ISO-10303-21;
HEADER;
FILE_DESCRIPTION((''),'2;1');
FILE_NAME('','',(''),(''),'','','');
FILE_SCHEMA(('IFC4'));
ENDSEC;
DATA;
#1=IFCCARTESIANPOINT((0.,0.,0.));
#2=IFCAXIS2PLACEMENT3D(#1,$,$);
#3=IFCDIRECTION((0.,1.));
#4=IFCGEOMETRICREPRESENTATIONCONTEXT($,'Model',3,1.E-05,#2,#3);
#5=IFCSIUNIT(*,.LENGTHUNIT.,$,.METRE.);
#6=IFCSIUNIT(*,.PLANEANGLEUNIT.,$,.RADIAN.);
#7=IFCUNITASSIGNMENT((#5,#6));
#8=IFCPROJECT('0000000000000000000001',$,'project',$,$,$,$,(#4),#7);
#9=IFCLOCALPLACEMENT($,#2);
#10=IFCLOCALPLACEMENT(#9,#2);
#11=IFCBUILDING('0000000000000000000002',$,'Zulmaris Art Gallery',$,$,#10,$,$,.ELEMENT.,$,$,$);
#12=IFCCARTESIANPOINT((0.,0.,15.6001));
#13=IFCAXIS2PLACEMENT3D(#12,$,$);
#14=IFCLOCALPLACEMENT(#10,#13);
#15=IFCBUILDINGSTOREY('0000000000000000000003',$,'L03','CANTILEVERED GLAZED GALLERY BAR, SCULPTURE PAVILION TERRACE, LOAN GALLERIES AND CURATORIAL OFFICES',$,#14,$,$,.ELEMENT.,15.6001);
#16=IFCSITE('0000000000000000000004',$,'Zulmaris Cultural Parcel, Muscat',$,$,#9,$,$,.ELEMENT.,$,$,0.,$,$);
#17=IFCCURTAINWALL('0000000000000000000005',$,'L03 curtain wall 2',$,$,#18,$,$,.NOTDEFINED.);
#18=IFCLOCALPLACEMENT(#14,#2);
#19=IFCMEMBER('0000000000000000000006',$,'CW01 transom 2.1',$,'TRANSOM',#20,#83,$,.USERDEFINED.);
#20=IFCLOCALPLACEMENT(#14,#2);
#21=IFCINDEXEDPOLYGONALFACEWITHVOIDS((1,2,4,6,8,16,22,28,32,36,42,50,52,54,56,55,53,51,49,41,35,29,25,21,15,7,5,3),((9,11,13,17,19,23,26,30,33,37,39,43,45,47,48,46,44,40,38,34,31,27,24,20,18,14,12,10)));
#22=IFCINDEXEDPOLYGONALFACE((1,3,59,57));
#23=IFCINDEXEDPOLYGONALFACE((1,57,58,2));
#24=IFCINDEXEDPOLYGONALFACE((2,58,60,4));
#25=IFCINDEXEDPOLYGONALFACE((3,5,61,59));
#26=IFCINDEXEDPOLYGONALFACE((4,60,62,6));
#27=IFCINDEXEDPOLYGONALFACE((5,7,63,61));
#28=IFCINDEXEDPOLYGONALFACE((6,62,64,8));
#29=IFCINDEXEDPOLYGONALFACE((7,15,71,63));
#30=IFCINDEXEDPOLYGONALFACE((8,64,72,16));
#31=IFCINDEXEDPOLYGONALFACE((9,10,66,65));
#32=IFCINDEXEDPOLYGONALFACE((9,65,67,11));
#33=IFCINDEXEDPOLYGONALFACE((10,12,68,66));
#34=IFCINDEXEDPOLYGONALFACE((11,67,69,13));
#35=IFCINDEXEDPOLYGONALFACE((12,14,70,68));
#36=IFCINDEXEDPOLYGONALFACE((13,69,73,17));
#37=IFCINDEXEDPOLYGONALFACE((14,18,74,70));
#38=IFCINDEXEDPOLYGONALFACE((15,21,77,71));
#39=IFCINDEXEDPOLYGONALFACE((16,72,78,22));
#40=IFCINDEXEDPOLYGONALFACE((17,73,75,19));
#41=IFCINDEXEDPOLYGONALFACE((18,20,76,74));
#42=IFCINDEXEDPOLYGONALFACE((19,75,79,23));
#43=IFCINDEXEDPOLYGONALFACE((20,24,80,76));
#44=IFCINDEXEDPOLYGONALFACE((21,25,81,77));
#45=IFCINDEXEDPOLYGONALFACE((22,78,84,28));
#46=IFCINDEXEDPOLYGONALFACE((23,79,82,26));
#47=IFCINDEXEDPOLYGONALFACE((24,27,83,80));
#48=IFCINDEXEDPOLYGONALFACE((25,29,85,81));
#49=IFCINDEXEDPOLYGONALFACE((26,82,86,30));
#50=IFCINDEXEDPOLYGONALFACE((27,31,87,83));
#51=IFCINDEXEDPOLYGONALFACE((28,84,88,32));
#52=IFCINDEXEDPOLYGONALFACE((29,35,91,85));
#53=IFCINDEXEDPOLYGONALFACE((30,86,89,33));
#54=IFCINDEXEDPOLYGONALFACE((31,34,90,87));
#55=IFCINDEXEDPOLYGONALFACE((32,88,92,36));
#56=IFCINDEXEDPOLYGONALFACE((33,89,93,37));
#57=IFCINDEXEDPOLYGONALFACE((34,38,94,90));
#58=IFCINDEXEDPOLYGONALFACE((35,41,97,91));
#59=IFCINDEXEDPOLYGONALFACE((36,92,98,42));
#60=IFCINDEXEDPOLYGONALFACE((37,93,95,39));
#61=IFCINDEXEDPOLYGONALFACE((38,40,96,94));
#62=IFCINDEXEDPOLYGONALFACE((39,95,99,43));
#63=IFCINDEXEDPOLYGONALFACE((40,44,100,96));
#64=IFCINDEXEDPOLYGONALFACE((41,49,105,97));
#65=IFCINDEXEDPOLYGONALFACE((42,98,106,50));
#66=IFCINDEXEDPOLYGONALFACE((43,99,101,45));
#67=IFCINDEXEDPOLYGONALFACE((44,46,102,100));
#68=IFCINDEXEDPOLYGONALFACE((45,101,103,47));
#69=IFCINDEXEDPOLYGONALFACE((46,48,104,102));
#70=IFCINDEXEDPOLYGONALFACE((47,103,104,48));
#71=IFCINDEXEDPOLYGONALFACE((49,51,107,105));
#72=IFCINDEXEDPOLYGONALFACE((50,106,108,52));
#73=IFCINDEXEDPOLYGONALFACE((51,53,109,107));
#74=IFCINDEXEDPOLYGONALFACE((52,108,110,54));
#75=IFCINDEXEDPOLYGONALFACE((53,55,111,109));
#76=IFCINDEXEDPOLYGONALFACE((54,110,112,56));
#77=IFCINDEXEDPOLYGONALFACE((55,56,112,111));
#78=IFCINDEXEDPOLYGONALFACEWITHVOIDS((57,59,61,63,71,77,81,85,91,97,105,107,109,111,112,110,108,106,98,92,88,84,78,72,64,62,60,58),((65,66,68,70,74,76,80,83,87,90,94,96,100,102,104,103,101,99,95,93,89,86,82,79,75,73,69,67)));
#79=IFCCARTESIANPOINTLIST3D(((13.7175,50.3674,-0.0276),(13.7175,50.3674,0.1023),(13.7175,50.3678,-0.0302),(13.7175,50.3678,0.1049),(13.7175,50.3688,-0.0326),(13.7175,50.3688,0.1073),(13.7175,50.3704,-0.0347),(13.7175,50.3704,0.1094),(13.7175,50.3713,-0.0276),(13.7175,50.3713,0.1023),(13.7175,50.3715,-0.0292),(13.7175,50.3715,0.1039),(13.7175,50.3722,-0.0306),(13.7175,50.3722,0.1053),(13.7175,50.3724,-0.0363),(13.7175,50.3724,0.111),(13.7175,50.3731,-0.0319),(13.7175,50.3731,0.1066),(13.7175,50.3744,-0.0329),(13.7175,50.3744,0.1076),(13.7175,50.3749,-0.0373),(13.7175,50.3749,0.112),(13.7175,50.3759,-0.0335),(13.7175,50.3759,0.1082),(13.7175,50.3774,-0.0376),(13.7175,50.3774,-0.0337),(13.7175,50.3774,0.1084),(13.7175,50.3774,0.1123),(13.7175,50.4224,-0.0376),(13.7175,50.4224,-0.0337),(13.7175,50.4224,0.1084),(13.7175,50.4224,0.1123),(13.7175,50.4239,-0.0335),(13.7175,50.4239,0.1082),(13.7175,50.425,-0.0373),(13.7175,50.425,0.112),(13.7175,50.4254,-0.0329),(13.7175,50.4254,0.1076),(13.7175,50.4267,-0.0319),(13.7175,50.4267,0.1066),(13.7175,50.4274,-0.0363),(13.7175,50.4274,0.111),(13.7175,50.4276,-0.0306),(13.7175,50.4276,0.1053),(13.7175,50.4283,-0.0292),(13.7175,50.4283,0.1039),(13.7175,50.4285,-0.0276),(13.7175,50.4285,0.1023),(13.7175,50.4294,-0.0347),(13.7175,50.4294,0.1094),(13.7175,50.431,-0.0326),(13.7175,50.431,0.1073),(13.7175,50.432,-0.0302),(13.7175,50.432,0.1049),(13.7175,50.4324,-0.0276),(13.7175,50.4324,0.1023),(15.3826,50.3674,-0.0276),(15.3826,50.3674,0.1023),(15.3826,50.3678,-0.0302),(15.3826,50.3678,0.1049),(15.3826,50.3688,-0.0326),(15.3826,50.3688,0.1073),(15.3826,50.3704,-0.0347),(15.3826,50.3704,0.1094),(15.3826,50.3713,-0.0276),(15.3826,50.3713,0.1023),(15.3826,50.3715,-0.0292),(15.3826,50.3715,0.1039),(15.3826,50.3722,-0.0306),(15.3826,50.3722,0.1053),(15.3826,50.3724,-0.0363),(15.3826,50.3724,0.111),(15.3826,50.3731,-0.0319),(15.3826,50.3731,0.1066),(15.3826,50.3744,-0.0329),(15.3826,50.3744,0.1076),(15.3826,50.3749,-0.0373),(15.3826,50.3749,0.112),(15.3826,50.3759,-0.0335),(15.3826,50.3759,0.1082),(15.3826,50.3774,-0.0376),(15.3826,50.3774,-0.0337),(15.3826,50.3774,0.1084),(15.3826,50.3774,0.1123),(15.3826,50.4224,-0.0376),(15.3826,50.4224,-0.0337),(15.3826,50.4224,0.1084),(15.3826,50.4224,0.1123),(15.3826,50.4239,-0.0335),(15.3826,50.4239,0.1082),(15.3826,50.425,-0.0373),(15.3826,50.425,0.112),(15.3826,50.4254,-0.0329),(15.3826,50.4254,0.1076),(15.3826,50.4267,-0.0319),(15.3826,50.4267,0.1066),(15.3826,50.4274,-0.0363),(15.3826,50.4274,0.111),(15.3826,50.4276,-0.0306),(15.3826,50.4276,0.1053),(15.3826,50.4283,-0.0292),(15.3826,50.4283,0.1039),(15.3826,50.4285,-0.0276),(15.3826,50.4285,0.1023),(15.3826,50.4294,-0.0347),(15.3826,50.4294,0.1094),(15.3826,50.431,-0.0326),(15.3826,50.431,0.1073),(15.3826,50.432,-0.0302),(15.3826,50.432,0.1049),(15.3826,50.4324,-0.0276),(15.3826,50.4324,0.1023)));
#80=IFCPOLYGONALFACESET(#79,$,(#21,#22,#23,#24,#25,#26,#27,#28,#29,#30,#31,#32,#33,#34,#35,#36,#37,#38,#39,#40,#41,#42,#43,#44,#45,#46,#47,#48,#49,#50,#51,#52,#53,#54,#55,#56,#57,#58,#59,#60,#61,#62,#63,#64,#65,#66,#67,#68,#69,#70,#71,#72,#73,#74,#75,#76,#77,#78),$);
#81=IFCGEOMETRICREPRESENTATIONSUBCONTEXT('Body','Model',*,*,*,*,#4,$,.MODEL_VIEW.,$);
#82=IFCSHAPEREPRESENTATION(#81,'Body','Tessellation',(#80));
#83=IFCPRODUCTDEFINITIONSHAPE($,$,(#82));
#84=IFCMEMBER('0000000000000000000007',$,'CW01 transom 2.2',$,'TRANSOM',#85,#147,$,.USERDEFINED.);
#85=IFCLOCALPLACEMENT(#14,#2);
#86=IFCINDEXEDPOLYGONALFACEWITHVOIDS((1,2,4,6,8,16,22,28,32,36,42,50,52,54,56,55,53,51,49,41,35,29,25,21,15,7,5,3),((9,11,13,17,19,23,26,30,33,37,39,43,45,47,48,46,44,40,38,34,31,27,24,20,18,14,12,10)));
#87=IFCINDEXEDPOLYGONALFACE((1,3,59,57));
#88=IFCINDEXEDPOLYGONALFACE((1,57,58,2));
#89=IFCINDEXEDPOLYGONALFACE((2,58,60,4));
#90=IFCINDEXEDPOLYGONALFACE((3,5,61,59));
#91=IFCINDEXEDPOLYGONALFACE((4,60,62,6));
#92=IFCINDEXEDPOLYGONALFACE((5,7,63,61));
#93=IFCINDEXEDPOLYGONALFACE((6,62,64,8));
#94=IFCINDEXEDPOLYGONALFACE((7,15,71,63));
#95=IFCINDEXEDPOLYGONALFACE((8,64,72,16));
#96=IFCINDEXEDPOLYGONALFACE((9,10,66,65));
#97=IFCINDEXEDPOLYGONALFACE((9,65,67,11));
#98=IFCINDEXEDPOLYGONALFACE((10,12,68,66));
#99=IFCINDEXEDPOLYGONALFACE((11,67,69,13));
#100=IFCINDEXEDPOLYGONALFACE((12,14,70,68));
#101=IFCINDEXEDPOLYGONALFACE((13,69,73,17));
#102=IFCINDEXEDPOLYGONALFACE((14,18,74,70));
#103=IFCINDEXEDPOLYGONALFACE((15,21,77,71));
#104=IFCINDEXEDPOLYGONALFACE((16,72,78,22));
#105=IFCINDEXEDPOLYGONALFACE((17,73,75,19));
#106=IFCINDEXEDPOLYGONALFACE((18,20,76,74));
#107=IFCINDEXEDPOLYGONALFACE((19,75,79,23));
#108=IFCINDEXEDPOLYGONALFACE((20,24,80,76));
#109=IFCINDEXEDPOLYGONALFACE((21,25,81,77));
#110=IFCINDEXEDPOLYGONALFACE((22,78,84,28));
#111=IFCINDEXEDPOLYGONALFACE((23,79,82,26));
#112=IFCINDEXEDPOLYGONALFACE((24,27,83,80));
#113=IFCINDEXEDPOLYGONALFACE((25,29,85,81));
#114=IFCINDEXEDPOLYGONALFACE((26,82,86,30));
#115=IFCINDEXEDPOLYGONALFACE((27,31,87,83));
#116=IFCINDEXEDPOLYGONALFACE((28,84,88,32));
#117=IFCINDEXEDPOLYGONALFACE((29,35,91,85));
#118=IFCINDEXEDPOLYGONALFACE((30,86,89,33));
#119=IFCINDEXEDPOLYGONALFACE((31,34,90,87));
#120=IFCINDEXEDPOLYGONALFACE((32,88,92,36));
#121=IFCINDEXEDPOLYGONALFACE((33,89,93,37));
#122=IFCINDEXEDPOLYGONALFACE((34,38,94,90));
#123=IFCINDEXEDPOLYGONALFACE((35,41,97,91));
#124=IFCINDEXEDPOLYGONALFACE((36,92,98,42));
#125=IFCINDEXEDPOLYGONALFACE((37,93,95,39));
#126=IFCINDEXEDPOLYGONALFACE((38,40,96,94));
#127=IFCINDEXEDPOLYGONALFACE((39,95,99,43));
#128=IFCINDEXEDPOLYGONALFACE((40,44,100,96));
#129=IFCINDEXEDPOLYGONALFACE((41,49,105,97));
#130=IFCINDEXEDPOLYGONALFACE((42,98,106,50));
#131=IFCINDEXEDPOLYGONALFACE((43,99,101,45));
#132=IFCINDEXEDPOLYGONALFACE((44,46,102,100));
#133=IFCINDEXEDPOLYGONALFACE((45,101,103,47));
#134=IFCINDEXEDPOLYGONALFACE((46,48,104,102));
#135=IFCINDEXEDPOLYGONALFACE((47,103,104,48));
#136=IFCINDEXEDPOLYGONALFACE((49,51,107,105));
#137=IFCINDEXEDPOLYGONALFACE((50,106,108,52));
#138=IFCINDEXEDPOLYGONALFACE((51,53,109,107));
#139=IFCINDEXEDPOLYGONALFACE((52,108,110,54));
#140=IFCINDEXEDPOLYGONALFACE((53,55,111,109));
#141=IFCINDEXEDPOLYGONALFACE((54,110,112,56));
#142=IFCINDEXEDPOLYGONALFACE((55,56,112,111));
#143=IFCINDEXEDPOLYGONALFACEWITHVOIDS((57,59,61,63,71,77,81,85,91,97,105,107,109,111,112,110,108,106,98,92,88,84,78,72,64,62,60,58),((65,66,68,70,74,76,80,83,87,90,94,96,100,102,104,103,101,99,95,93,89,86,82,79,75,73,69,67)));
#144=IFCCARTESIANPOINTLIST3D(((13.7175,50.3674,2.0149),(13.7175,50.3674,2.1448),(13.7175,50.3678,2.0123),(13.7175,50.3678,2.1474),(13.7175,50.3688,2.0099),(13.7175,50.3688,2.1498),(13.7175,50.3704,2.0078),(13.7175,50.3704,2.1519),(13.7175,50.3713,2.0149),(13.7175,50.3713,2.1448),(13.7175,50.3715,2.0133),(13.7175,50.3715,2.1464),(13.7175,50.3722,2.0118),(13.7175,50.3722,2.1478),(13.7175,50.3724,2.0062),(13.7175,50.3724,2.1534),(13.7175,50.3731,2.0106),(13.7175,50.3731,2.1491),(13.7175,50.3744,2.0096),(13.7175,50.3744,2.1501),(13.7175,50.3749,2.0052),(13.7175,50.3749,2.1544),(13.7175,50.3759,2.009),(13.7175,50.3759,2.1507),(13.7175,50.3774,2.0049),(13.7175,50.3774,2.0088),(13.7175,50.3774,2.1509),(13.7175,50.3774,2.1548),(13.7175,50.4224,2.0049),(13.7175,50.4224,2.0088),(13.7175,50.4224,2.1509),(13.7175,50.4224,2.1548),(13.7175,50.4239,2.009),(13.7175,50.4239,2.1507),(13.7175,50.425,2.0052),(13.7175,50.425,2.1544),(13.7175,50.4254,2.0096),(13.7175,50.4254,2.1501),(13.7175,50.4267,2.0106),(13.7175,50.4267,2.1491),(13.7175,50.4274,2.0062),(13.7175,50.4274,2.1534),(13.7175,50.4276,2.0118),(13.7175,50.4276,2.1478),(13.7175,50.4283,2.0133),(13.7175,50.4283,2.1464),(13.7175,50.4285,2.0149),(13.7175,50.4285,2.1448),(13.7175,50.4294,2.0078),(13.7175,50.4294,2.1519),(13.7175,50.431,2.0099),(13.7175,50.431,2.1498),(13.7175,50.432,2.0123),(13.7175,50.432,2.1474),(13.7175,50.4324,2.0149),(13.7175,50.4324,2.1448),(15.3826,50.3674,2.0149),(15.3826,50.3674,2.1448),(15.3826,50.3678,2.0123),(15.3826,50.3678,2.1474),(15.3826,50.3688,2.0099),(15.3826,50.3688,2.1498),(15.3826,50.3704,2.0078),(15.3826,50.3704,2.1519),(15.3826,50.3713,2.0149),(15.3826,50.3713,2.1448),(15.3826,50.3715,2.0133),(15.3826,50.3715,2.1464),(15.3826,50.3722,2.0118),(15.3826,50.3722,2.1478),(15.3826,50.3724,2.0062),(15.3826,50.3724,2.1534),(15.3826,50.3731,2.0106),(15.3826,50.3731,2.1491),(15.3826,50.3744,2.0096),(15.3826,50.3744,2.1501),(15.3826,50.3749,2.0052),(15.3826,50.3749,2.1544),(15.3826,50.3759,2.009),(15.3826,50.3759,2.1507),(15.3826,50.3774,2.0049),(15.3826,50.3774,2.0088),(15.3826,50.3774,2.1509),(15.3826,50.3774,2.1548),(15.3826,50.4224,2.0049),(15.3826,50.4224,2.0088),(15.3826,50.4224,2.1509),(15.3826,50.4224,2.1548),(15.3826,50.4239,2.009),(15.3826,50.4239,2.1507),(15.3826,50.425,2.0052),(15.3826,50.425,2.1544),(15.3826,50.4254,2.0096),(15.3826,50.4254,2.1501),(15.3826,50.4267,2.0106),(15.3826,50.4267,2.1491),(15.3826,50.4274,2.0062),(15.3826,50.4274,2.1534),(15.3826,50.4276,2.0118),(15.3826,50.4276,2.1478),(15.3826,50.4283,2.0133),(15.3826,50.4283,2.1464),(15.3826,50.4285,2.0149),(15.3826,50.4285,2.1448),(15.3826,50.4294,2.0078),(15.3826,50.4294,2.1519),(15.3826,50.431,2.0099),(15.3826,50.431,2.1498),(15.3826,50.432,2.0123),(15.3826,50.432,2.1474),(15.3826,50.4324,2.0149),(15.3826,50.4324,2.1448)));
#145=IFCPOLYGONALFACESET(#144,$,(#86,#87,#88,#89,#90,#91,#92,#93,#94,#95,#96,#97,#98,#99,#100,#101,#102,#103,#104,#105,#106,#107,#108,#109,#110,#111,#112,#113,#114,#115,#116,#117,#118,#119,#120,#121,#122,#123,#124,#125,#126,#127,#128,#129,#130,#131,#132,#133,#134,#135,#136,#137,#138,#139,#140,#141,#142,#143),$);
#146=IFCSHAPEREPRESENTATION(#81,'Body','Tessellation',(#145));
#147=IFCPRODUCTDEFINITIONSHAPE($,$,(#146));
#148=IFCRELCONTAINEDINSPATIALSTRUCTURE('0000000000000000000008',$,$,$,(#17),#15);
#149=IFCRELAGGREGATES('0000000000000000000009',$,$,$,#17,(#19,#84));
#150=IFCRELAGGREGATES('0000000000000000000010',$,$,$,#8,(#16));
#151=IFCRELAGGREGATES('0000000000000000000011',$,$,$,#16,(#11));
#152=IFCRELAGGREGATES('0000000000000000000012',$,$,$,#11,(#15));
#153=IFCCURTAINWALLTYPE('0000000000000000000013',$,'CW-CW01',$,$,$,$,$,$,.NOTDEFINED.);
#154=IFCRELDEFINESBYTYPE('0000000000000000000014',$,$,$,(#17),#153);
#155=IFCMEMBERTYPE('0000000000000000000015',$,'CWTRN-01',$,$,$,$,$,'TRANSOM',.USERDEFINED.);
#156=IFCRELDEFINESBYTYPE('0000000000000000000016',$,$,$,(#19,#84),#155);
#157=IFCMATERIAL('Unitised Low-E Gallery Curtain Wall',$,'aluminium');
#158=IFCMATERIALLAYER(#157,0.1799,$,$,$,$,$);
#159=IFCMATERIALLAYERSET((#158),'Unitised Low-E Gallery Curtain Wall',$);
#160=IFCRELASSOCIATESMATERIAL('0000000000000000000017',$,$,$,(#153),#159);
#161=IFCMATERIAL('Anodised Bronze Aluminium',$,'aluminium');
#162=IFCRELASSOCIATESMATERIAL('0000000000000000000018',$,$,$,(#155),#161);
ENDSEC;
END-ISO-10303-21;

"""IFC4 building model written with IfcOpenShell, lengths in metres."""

from ifc_helpers import new_model, si_unit, direction, frame, origin, origin_2d, place, context, subcontext, project, spatial, hollow_rectangle, extrude, material, layer, layer_set, material_profile, profile_set, type_object, element, aggregate, save


model = new_model("IFC4")

# Units and contexts
model_context = context("Model", 3, precision=1e-05, world=origin(), true_north=direction((0.0, 1.0)))
body_context = subcontext(model_context, "Body", "Model", "MODEL_VIEW")
ifc_project = project(units=[si_unit("LENGTHUNIT", "METRE"), si_unit("PLANEANGLEUNIT", "RADIAN")], contexts=[model_context])

# Site, building, storey
site_placement = place(None, origin())
site = spatial("IfcSite", under=ifc_project, at=site_placement, Name="Zulmaris Cultural Parcel, Muscat", CompositionType="ELEMENT", RefElevation=0.0)
building_placement = place(site_placement, origin())
building = spatial("IfcBuilding", under=site, at=building_placement, Name="Zulmaris Art Gallery", CompositionType="ELEMENT")
storey_placement = place(building_placement, frame((0.0, 0.0, 15.6001)))
storey = spatial("IfcBuildingStorey", under=building, at=storey_placement, Name="L03", Description="CANTILEVERED GLAZED GALLERY BAR, SCULPTURE PAVILION TERRACE, LOAN GALLERIES AND CURATORIAL OFFICES", CompositionType="ELEMENT", Elevation=15.6001)

# Curtain wall
ifc_material_1 = material(Name="Unitised Low-E Gallery Curtain Wall", Category="aluminium")
ifc_layer_1 = layer(ifc_material_1, 0.1799)
ifc_layer_set_1 = layer_set([ifc_layer_1], Name="Unitised Low-E Gallery Curtain Wall")
curtain_wall_type = type_object("IfcCurtainWallType", Name="CW-CW01", PredefinedType="NOTDEFINED", material=ifc_layer_set_1)
curtain_wall_1_placement = place(storey_placement, origin())
curtain_wall_1 = element("IfcCurtainWall", 1, at=curtain_wall_1_placement, inside=storey, type_object=curtain_wall_type, Name="L03 curtain wall 2", PredefinedType="NOTDEFINED")
ifc_material_2 = material(Name="Anodised Bronze Aluminium", Category="aluminium")

# Members
ifc_material_profile_1 = material_profile(ifc_material_2, hollow_rectangle(XDim=0.0649, YDim=0.1499, WallThickness=0.0039, InnerFilletRadius=0.0061, OuterFilletRadius=0.01, at=origin_2d()), Name="ALU 65x150x4")
ifc_profile_set_1 = profile_set([ifc_material_profile_1], Name="Anodised Bronze Aluminium")
member_type_1 = type_object("IfcMemberType", Name="CWTRN-01", ElementType="TRANSOM", PredefinedType="USERDEFINED", material=ifc_profile_set_1)
member_1_placement = place(storey_placement, frame((15.3826, 50.3999, 0.0374), z_axis=(-1.0, 0.0, 0.0), x_axis=(0.0, -1.0, 0.0)))
member_1 = element("IfcMember", 2, at=member_1_placement, type_object=member_type_1, Name="CW01 transom 2.1", ObjectType="TRANSOM", PredefinedType="USERDEFINED", context=body_context, shape_type="SweptSolid", body=[
    extrude(hollow_rectangle(XDim=0.0649, YDim=0.1499, WallThickness=0.0039, InnerFilletRadius=0.0061, OuterFilletRadius=0.01, at=origin_2d()), origin(), (0.0, 0.0, 1.0), 1.665),
])
member_2_placement = place(storey_placement, frame((15.3826, 50.3999, 2.0798), z_axis=(-1.0, 0.0, 0.0), x_axis=(0.0, -1.0, 0.0)))
member_2 = element("IfcMember", 3, at=member_2_placement, type_object=member_type_1, Name="CW01 transom 2.2", ObjectType="TRANSOM", PredefinedType="USERDEFINED", context=body_context, shape_type="SweptSolid", body=[
    extrude(hollow_rectangle(XDim=0.0649, YDim=0.1499, WallThickness=0.0039, InnerFilletRadius=0.0061, OuterFilletRadius=0.01, at=origin_2d()), origin(), (0.0, 0.0, 1.0), 1.665),
])

aggregate(curtain_wall_1, [member_1, member_2])

save(model, "model.ifc")
